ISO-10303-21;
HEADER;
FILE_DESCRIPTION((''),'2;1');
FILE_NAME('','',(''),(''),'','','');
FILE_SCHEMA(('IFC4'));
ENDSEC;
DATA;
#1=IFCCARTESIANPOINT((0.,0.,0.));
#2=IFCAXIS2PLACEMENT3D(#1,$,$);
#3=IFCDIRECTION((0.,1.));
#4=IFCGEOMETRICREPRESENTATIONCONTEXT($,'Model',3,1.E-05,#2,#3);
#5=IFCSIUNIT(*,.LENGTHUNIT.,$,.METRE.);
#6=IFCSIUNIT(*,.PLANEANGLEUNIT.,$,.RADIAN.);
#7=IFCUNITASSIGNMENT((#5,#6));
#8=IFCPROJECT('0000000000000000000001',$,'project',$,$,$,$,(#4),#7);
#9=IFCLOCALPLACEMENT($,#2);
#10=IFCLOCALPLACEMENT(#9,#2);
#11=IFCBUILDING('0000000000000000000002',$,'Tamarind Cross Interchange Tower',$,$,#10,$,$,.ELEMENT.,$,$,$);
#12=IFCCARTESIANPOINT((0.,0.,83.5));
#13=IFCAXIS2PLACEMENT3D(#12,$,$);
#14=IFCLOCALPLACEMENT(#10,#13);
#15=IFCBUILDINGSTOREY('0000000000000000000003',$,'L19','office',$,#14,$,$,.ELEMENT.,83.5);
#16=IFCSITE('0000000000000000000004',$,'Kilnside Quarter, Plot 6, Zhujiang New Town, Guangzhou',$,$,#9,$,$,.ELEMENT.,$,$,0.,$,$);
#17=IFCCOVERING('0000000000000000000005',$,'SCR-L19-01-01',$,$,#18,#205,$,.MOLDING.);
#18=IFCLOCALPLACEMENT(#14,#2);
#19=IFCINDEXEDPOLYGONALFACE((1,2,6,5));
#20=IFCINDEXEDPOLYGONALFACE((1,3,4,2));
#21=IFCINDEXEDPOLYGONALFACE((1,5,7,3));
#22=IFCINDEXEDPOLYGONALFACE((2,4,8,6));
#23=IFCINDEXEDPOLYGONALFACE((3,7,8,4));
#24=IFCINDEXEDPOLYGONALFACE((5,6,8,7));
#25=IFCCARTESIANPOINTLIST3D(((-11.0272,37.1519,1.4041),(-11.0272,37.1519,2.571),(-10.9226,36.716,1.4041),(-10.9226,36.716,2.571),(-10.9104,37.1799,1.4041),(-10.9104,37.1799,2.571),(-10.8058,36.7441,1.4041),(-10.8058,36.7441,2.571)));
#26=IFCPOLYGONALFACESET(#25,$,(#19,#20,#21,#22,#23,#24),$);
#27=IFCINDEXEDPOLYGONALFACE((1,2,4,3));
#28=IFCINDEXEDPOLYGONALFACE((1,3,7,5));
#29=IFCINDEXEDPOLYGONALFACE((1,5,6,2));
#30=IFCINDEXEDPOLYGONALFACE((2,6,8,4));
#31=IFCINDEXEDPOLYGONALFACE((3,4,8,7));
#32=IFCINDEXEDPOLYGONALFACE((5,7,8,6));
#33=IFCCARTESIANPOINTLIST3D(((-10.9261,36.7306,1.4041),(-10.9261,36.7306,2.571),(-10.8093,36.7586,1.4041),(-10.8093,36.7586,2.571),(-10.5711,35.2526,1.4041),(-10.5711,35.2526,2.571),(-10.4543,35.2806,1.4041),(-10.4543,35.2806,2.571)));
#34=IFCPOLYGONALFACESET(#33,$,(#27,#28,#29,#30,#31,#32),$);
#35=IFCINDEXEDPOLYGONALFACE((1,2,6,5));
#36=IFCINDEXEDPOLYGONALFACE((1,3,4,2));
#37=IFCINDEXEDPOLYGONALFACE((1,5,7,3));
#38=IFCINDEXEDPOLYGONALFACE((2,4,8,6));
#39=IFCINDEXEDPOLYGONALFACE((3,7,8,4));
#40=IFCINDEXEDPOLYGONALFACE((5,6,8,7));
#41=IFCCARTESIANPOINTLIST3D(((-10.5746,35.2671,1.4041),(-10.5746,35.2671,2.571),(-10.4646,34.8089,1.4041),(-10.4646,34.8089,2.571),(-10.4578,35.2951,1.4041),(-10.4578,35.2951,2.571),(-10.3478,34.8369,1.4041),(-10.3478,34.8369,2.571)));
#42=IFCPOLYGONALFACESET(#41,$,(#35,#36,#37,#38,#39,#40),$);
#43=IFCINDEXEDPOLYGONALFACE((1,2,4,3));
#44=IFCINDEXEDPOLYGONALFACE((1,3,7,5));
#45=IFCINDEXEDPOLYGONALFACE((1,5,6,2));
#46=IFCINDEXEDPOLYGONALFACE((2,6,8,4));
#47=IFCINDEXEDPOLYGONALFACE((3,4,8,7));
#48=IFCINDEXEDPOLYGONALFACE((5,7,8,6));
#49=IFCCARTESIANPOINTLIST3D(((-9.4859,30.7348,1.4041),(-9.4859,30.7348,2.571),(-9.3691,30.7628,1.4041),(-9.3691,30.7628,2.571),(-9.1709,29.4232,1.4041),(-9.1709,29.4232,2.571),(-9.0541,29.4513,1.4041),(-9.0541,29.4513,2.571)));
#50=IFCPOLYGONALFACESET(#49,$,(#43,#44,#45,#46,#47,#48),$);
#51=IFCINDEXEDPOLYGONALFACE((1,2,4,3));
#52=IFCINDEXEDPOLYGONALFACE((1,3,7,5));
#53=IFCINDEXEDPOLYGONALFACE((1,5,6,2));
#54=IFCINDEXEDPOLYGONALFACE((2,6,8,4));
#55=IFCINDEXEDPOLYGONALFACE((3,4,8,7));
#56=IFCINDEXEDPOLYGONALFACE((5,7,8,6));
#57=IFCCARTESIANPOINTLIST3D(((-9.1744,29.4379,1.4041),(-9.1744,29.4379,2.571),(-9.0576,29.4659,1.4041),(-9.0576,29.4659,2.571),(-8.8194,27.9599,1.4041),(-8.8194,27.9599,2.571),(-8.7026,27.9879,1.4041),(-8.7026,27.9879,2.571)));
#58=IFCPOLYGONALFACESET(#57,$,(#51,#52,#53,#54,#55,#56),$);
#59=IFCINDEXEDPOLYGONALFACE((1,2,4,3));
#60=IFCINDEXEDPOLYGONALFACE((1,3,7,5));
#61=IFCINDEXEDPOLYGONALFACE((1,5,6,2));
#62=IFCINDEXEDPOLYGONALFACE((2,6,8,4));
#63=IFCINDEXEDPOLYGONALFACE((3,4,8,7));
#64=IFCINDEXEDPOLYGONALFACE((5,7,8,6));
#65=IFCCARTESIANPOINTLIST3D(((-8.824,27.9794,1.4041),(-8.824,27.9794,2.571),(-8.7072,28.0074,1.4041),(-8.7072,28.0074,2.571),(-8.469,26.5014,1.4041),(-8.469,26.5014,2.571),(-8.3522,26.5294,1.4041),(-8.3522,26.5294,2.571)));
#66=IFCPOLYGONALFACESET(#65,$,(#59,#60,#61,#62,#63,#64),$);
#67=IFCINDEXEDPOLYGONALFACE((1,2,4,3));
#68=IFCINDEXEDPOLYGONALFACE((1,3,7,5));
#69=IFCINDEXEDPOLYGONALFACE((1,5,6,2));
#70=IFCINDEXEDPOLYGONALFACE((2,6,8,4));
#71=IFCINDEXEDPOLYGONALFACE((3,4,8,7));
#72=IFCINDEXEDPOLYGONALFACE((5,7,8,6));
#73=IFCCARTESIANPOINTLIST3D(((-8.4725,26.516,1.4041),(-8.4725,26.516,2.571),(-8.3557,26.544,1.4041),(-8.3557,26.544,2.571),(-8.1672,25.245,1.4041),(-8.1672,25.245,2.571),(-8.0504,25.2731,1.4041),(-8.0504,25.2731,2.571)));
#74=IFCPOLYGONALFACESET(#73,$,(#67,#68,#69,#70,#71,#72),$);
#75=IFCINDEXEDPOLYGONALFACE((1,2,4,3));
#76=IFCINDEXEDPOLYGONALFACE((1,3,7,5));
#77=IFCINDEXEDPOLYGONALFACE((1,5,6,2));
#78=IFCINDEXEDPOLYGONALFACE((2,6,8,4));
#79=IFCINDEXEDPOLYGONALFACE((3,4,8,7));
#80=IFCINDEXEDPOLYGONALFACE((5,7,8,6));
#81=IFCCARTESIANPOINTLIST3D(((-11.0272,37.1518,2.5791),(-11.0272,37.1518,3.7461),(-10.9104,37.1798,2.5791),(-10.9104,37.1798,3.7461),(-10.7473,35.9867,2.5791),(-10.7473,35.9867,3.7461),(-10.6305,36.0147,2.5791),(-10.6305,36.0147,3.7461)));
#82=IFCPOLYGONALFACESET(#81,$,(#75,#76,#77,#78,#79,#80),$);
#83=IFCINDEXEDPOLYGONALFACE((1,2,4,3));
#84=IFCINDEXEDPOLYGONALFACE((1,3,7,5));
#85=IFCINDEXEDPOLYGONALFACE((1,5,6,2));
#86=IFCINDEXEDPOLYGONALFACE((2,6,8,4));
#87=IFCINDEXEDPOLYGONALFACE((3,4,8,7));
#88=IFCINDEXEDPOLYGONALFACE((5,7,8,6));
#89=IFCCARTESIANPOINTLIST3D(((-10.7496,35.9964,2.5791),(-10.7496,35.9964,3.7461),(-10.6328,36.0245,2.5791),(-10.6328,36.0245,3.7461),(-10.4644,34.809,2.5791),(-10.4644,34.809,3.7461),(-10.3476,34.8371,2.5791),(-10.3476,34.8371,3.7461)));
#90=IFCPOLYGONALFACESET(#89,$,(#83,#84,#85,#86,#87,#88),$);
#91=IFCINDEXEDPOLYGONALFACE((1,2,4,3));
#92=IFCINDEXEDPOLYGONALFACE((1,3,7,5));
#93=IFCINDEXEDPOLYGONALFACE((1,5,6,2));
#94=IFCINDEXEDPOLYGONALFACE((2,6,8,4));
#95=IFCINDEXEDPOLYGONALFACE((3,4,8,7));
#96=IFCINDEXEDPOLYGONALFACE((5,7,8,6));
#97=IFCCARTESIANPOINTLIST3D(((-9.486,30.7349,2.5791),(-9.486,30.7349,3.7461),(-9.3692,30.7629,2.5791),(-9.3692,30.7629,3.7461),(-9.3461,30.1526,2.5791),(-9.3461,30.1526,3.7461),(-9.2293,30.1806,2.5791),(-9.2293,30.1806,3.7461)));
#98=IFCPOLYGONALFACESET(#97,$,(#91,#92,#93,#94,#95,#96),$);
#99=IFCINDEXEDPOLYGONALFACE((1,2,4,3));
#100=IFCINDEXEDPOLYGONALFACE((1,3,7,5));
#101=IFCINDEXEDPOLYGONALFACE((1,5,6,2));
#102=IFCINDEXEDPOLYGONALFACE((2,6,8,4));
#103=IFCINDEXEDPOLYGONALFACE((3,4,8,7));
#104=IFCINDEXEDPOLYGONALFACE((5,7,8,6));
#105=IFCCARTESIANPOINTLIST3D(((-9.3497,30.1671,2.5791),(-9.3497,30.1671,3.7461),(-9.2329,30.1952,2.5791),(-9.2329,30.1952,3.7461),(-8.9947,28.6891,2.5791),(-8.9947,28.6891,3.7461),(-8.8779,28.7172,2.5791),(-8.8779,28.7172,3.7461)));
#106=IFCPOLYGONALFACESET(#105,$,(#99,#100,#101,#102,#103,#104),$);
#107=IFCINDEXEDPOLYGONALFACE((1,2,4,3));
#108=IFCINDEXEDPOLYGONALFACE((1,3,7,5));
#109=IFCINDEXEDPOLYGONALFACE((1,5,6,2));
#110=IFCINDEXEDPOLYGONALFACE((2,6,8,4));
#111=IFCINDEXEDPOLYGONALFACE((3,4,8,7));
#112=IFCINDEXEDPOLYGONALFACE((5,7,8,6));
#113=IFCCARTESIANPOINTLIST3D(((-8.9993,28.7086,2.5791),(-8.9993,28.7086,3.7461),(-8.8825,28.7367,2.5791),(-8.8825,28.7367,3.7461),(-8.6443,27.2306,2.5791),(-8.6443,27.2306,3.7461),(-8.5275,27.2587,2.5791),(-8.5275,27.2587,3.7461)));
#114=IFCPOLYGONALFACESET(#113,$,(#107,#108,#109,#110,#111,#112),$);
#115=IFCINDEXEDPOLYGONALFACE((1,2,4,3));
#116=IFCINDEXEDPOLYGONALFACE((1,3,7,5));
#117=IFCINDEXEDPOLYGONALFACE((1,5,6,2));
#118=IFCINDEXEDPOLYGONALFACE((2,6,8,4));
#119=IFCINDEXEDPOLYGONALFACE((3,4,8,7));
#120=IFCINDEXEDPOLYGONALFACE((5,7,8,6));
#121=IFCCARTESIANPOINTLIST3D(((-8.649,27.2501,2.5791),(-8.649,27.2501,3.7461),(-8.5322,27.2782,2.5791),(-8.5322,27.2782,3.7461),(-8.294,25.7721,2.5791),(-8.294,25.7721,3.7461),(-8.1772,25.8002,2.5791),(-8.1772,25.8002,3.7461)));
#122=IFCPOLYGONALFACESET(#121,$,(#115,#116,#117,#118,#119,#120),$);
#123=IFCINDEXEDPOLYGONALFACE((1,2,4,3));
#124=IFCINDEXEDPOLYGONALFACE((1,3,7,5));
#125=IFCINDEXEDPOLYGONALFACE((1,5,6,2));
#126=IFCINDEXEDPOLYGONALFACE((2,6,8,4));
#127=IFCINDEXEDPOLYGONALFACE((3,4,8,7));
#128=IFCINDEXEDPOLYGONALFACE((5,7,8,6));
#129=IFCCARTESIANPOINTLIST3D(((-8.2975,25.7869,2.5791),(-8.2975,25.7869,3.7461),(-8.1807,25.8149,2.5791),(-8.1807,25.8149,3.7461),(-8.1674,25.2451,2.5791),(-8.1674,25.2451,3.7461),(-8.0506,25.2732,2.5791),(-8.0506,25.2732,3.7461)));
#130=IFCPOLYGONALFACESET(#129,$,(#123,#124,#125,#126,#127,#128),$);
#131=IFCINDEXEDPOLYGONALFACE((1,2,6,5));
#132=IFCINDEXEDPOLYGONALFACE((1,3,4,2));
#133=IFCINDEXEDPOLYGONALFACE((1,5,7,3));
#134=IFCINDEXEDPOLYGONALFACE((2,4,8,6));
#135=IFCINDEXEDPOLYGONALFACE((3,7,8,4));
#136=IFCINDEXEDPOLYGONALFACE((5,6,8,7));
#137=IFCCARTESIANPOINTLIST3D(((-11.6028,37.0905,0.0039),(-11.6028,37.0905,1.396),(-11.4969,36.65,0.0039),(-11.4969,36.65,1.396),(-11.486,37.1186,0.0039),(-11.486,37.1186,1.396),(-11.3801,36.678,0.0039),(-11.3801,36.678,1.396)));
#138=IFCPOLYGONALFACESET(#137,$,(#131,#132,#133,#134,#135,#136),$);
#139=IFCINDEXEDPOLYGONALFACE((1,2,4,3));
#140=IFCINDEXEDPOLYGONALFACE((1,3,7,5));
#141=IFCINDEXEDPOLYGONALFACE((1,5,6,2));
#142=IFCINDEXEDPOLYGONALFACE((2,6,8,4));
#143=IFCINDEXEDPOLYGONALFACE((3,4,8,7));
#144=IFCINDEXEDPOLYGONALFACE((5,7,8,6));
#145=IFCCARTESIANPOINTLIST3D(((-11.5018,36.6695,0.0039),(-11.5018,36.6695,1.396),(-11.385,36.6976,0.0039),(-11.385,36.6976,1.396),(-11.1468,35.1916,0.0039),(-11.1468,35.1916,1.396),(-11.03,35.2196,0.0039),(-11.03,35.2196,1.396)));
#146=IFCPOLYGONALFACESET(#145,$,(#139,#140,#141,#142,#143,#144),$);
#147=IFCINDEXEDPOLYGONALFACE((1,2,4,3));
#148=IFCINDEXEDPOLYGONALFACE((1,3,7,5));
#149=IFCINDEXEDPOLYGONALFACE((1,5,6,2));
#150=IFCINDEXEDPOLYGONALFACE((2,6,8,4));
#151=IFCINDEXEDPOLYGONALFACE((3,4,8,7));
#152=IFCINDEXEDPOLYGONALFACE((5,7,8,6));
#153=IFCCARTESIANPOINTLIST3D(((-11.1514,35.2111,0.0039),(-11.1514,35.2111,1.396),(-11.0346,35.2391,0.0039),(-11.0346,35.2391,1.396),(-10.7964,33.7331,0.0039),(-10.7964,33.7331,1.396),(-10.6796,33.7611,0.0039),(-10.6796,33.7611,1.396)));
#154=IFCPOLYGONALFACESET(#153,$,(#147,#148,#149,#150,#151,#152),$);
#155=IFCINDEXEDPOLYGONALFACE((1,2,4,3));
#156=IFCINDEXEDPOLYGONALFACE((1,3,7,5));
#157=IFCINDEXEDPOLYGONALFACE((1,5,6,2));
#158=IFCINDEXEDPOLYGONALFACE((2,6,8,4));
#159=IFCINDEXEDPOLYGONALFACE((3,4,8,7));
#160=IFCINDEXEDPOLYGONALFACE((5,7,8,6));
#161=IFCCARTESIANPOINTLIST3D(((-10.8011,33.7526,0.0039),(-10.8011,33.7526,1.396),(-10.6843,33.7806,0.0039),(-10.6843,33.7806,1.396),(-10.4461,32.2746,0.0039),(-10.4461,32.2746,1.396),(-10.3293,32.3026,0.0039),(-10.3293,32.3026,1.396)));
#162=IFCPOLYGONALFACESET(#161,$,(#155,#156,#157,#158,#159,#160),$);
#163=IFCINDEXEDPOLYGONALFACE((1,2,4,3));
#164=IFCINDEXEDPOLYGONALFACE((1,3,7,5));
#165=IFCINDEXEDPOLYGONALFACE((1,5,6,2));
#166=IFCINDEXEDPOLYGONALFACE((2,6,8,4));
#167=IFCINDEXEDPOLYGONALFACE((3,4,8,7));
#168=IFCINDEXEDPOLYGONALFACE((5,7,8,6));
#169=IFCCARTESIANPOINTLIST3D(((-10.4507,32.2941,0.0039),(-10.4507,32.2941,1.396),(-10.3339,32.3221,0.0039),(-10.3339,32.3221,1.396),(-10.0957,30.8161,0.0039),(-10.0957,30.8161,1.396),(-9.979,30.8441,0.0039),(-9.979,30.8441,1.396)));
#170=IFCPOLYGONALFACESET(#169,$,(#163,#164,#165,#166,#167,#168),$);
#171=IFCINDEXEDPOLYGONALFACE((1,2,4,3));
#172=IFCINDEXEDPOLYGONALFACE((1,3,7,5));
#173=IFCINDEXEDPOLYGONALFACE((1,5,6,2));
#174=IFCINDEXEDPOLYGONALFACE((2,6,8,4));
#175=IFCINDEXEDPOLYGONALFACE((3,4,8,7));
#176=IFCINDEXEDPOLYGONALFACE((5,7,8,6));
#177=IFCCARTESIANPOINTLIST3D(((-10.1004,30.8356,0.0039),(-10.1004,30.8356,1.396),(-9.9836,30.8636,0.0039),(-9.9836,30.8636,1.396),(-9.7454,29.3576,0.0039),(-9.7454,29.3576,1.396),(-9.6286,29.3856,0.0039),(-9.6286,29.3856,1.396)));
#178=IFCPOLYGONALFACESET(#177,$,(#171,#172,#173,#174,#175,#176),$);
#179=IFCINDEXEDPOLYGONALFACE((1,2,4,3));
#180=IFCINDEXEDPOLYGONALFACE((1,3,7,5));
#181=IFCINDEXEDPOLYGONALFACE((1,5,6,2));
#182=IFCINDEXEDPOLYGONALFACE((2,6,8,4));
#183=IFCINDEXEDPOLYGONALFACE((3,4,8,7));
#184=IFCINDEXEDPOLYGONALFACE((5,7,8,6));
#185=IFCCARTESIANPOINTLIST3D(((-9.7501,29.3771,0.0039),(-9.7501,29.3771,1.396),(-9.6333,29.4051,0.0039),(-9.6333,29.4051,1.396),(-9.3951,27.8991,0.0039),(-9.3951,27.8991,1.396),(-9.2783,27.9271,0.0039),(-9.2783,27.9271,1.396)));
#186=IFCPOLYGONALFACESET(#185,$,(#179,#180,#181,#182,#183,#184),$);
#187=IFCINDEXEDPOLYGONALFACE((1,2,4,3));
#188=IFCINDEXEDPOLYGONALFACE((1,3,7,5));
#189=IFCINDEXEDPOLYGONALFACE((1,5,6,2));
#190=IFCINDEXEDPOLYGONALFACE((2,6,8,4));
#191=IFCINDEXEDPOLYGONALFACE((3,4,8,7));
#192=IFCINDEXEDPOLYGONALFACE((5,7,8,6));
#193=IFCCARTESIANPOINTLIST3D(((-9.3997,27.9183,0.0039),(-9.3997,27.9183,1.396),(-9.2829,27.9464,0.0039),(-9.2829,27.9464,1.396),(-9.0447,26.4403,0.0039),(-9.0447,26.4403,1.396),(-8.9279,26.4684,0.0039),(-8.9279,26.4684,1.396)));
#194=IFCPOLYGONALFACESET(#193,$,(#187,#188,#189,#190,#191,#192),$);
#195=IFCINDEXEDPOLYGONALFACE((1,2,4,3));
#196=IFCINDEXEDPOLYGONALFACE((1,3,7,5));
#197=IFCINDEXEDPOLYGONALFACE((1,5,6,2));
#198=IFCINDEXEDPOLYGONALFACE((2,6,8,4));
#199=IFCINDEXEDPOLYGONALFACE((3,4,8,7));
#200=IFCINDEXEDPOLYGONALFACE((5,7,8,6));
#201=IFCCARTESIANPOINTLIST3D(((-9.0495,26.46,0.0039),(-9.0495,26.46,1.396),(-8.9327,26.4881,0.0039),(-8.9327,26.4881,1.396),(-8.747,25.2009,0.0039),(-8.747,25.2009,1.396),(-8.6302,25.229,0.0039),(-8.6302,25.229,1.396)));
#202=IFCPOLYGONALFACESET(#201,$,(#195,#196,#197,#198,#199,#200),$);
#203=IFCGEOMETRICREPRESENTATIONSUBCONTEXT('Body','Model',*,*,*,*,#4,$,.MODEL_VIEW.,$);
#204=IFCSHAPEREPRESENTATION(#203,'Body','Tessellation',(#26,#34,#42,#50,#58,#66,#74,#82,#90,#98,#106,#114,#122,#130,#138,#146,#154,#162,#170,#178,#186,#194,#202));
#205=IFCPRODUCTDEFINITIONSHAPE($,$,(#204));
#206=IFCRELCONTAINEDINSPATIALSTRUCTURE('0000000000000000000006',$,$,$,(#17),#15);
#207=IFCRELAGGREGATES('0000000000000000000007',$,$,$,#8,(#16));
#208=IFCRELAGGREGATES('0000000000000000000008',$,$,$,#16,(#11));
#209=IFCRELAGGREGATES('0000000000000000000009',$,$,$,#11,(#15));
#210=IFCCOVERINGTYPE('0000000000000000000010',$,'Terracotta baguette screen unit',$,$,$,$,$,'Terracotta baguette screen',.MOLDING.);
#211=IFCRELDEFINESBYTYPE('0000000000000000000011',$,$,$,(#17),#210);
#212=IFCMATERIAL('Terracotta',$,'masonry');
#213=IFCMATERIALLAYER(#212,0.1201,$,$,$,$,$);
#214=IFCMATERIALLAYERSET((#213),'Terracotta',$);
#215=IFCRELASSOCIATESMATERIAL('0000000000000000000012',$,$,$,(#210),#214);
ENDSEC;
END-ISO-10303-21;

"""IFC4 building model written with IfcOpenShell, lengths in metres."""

from ifc_helpers import new_model, si_unit, direction, frame, origin, origin_2d, place, context, subcontext, project, spatial, rectangle, extrude, material, layer, layer_set, type_object, element, save


model = new_model("IFC4")

# Units and contexts
model_context = context("Model", 3, precision=1e-05, world=origin(), true_north=direction((0.0, 1.0)))
body_context = subcontext(model_context, "Body", "Model", "MODEL_VIEW")
ifc_project = project(units=[si_unit("LENGTHUNIT", "METRE"), si_unit("PLANEANGLEUNIT", "RADIAN")], contexts=[model_context])

# Site, building, storey
site_placement = place(None, origin())
site = spatial("IfcSite", under=ifc_project, at=site_placement, Name="Kilnside Quarter, Plot 6, Zhujiang New Town, Guangzhou", CompositionType="ELEMENT", RefElevation=0.0)
building_placement = place(site_placement, origin())
building = spatial("IfcBuilding", under=site, at=building_placement, Name="Tamarind Cross Interchange Tower", CompositionType="ELEMENT")
storey_placement = place(building_placement, frame((0.0, 0.0, 83.5)))
storey = spatial("IfcBuildingStorey", under=building, at=storey_placement, Name="L19", Description="office", CompositionType="ELEMENT", Elevation=83.5)

# Covering
ifc_material_1 = material(Name="Terracotta", Category="masonry")
ifc_layer_1 = layer(ifc_material_1, 0.1201)
ifc_layer_set_1 = layer_set([ifc_layer_1], Name="Terracotta")
covering_type = type_object("IfcCoveringType", Name="Terracotta baguette screen unit", ElementType="Terracotta baguette screen", PredefinedType="MOLDING", material=ifc_layer_set_1)
covering_1_placement = place(storey_placement, origin())
element("IfcCovering", 1, at=covering_1_placement, inside=storey, type_object=covering_type, Name="SCR-L19-01-01", PredefinedType="MOLDING", context=body_context, shape_type="SweptSolid", body=[
    extrude(rectangle(XDim=0.4482, YDim=0.1201, at=origin_2d()), frame((-10.9165, 36.948, 1.4041), z_axis=(0.0, 0.0, 1.0), x_axis=(0.233544, -0.972346, 0.0)), (0.0, 0.0, 1.0), 1.167),
    extrude(rectangle(XDim=1.52, YDim=0.1201, at=origin_2d()), frame((-10.6902, 36.0056, 1.4041), z_axis=(0.0, 0.0, 1.0), x_axis=(0.233544, -0.972346, 0.0)), (0.0, 0.0, 1.0), 1.167),
    extrude(rectangle(XDim=0.4712, YDim=0.1201, at=origin_2d()), frame((-10.4612, 35.052, 1.4041), z_axis=(0.0, 0.0, 1.0), x_axis=(0.233544, -0.972346, 0.0)), (0.0, 0.0, 1.0), 1.167),
    extrude(rectangle(XDim=1.3489, YDim=0.1201, at=origin_2d()), frame((-9.27, 30.093, 1.4041), z_axis=(0.0, 0.0, 1.0), x_axis=(0.233544, -0.972346, 0.0)), (0.0, 0.0, 1.0), 1.167),
    extrude(rectangle(XDim=1.52, YDim=0.1201, at=origin_2d()), frame((-8.9385, 28.7129, 1.4041), z_axis=(0.0, 0.0, 1.0), x_axis=(0.233544, -0.972346, 0.0)), (0.0, 0.0, 1.0), 1.167),
    extrude(rectangle(XDim=1.52, YDim=0.1201, at=origin_2d()), frame((-8.5881, 27.2544, 1.4041), z_axis=(0.0, 0.0, 1.0), x_axis=(0.233544, -0.972346, 0.0)), (0.0, 0.0, 1.0), 1.167),
    extrude(rectangle(XDim=1.3071, YDim=0.1201, at=origin_2d()), frame((-8.2615, 25.8945, 1.4041), z_axis=(0.0, 0.0, 1.0), x_axis=(0.233544, -0.972346, 0.0)), (0.0, 0.0, 1.0), 1.167),
    extrude(rectangle(XDim=1.1982, YDim=0.1201, at=origin_2d()), frame((-10.8289, 36.5833, 2.5791), z_axis=(0.0, 0.0, 1.0), x_axis=(0.233544, -0.972346, 0.0)), (0.0, 0.0, 1.0), 1.167),
    extrude(rectangle(XDim=1.2212, YDim=0.1201, at=origin_2d()), frame((-10.5486, 35.4167, 2.5791), z_axis=(0.0, 0.0, 1.0), x_axis=(0.233544, -0.972346, 0.0)), (0.0, 0.0, 1.0), 1.167),
    extrude(rectangle(XDim=0.5989, YDim=0.1201, at=origin_2d()), frame((-9.3577, 30.4578, 2.5791), z_axis=(0.0, 0.0, 1.0), x_axis=(0.233544, -0.972346, 0.0)), (0.0, 0.0, 1.0), 1.167),
    extrude(rectangle(XDim=1.52, YDim=0.1201, at=origin_2d()), frame((-9.1138, 29.4421, 2.5791), z_axis=(0.0, 0.0, 1.0), x_axis=(0.233544, -0.972346, 0.0)), (0.0, 0.0, 1.0), 1.167),
    extrude(rectangle(XDim=1.52, YDim=0.1201, at=origin_2d()), frame((-8.7634, 27.9836, 2.5791), z_axis=(0.0, 0.0, 1.0), x_axis=(0.233544, -0.972346, 0.0)), (0.0, 0.0, 1.0), 1.167),
    extrude(rectangle(XDim=1.52, YDim=0.1201, at=origin_2d()), frame((-8.4131, 26.5251, 2.5791), z_axis=(0.0, 0.0, 1.0), x_axis=(0.233544, -0.972346, 0.0)), (0.0, 0.0, 1.0), 1.167),
    extrude(rectangle(XDim=0.5571, YDim=0.1201, at=origin_2d()), frame((-8.1741, 25.53, 2.5791), z_axis=(0.0, 0.0, 1.0), x_axis=(0.233544, -0.972346, 0.0)), (0.0, 0.0, 1.0), 1.167),
    extrude(rectangle(XDim=0.4531, YDim=0.1201, at=origin_2d()), frame((-11.4915, 36.8843, 0.0039), z_axis=(0.0, 0.0, 1.0), x_axis=(0.233544, -0.972346, 0.0)), (0.0, 0.0, 1.0), 1.3921),
    extrude(rectangle(XDim=1.52, YDim=0.1201, at=origin_2d()), frame((-11.2659, 35.9446, 0.0039), z_axis=(0.0, 0.0, 1.0), x_axis=(0.233544, -0.972346, 0.0)), (0.0, 0.0, 1.0), 1.3921),
    extrude(rectangle(XDim=1.52, YDim=0.1201, at=origin_2d()), frame((-10.9155, 34.4861, 0.0039), z_axis=(0.0, 0.0, 1.0), x_axis=(0.233544, -0.972346, 0.0)), (0.0, 0.0, 1.0), 1.3921),
    extrude(rectangle(XDim=1.52, YDim=0.1201, at=origin_2d()), frame((-10.5652, 33.0276, 0.0039), z_axis=(0.0, 0.0, 1.0), x_axis=(0.233544, -0.972346, 0.0)), (0.0, 0.0, 1.0), 1.3921),
    extrude(rectangle(XDim=1.52, YDim=0.1201, at=origin_2d()), frame((-10.2148, 31.5691, 0.0039), z_axis=(0.0, 0.0, 1.0), x_axis=(0.233544, -0.972346, 0.0)), (0.0, 0.0, 1.0), 1.3921),
    extrude(rectangle(XDim=1.52, YDim=0.1201, at=origin_2d()), frame((-9.8645, 30.1106, 0.0039), z_axis=(0.0, 0.0, 1.0), x_axis=(0.233544, -0.972346, 0.0)), (0.0, 0.0, 1.0), 1.3921),
    extrude(rectangle(XDim=1.52, YDim=0.1201, at=origin_2d()), frame((-9.5142, 28.6521, 0.0039), z_axis=(0.0, 0.0, 1.0), x_axis=(0.233544, -0.972346, 0.0)), (0.0, 0.0, 1.0), 1.3921),
    extrude(rectangle(XDim=1.52, YDim=0.1201, at=origin_2d()), frame((-9.1638, 27.1934, 0.0039), z_axis=(0.0, 0.0, 1.0), x_axis=(0.233544, -0.972346, 0.0)), (0.0, 0.0, 1.0), 1.3921),
    extrude(rectangle(XDim=1.2949, YDim=0.1201, at=origin_2d()), frame((-8.8398, 25.8445, 0.0039), z_axis=(0.0, 0.0, 1.0), x_axis=(0.233544, -0.972346, 0.0)), (0.0, 0.0, 1.0), 1.3921),
])

save(model, "model.ifc")
